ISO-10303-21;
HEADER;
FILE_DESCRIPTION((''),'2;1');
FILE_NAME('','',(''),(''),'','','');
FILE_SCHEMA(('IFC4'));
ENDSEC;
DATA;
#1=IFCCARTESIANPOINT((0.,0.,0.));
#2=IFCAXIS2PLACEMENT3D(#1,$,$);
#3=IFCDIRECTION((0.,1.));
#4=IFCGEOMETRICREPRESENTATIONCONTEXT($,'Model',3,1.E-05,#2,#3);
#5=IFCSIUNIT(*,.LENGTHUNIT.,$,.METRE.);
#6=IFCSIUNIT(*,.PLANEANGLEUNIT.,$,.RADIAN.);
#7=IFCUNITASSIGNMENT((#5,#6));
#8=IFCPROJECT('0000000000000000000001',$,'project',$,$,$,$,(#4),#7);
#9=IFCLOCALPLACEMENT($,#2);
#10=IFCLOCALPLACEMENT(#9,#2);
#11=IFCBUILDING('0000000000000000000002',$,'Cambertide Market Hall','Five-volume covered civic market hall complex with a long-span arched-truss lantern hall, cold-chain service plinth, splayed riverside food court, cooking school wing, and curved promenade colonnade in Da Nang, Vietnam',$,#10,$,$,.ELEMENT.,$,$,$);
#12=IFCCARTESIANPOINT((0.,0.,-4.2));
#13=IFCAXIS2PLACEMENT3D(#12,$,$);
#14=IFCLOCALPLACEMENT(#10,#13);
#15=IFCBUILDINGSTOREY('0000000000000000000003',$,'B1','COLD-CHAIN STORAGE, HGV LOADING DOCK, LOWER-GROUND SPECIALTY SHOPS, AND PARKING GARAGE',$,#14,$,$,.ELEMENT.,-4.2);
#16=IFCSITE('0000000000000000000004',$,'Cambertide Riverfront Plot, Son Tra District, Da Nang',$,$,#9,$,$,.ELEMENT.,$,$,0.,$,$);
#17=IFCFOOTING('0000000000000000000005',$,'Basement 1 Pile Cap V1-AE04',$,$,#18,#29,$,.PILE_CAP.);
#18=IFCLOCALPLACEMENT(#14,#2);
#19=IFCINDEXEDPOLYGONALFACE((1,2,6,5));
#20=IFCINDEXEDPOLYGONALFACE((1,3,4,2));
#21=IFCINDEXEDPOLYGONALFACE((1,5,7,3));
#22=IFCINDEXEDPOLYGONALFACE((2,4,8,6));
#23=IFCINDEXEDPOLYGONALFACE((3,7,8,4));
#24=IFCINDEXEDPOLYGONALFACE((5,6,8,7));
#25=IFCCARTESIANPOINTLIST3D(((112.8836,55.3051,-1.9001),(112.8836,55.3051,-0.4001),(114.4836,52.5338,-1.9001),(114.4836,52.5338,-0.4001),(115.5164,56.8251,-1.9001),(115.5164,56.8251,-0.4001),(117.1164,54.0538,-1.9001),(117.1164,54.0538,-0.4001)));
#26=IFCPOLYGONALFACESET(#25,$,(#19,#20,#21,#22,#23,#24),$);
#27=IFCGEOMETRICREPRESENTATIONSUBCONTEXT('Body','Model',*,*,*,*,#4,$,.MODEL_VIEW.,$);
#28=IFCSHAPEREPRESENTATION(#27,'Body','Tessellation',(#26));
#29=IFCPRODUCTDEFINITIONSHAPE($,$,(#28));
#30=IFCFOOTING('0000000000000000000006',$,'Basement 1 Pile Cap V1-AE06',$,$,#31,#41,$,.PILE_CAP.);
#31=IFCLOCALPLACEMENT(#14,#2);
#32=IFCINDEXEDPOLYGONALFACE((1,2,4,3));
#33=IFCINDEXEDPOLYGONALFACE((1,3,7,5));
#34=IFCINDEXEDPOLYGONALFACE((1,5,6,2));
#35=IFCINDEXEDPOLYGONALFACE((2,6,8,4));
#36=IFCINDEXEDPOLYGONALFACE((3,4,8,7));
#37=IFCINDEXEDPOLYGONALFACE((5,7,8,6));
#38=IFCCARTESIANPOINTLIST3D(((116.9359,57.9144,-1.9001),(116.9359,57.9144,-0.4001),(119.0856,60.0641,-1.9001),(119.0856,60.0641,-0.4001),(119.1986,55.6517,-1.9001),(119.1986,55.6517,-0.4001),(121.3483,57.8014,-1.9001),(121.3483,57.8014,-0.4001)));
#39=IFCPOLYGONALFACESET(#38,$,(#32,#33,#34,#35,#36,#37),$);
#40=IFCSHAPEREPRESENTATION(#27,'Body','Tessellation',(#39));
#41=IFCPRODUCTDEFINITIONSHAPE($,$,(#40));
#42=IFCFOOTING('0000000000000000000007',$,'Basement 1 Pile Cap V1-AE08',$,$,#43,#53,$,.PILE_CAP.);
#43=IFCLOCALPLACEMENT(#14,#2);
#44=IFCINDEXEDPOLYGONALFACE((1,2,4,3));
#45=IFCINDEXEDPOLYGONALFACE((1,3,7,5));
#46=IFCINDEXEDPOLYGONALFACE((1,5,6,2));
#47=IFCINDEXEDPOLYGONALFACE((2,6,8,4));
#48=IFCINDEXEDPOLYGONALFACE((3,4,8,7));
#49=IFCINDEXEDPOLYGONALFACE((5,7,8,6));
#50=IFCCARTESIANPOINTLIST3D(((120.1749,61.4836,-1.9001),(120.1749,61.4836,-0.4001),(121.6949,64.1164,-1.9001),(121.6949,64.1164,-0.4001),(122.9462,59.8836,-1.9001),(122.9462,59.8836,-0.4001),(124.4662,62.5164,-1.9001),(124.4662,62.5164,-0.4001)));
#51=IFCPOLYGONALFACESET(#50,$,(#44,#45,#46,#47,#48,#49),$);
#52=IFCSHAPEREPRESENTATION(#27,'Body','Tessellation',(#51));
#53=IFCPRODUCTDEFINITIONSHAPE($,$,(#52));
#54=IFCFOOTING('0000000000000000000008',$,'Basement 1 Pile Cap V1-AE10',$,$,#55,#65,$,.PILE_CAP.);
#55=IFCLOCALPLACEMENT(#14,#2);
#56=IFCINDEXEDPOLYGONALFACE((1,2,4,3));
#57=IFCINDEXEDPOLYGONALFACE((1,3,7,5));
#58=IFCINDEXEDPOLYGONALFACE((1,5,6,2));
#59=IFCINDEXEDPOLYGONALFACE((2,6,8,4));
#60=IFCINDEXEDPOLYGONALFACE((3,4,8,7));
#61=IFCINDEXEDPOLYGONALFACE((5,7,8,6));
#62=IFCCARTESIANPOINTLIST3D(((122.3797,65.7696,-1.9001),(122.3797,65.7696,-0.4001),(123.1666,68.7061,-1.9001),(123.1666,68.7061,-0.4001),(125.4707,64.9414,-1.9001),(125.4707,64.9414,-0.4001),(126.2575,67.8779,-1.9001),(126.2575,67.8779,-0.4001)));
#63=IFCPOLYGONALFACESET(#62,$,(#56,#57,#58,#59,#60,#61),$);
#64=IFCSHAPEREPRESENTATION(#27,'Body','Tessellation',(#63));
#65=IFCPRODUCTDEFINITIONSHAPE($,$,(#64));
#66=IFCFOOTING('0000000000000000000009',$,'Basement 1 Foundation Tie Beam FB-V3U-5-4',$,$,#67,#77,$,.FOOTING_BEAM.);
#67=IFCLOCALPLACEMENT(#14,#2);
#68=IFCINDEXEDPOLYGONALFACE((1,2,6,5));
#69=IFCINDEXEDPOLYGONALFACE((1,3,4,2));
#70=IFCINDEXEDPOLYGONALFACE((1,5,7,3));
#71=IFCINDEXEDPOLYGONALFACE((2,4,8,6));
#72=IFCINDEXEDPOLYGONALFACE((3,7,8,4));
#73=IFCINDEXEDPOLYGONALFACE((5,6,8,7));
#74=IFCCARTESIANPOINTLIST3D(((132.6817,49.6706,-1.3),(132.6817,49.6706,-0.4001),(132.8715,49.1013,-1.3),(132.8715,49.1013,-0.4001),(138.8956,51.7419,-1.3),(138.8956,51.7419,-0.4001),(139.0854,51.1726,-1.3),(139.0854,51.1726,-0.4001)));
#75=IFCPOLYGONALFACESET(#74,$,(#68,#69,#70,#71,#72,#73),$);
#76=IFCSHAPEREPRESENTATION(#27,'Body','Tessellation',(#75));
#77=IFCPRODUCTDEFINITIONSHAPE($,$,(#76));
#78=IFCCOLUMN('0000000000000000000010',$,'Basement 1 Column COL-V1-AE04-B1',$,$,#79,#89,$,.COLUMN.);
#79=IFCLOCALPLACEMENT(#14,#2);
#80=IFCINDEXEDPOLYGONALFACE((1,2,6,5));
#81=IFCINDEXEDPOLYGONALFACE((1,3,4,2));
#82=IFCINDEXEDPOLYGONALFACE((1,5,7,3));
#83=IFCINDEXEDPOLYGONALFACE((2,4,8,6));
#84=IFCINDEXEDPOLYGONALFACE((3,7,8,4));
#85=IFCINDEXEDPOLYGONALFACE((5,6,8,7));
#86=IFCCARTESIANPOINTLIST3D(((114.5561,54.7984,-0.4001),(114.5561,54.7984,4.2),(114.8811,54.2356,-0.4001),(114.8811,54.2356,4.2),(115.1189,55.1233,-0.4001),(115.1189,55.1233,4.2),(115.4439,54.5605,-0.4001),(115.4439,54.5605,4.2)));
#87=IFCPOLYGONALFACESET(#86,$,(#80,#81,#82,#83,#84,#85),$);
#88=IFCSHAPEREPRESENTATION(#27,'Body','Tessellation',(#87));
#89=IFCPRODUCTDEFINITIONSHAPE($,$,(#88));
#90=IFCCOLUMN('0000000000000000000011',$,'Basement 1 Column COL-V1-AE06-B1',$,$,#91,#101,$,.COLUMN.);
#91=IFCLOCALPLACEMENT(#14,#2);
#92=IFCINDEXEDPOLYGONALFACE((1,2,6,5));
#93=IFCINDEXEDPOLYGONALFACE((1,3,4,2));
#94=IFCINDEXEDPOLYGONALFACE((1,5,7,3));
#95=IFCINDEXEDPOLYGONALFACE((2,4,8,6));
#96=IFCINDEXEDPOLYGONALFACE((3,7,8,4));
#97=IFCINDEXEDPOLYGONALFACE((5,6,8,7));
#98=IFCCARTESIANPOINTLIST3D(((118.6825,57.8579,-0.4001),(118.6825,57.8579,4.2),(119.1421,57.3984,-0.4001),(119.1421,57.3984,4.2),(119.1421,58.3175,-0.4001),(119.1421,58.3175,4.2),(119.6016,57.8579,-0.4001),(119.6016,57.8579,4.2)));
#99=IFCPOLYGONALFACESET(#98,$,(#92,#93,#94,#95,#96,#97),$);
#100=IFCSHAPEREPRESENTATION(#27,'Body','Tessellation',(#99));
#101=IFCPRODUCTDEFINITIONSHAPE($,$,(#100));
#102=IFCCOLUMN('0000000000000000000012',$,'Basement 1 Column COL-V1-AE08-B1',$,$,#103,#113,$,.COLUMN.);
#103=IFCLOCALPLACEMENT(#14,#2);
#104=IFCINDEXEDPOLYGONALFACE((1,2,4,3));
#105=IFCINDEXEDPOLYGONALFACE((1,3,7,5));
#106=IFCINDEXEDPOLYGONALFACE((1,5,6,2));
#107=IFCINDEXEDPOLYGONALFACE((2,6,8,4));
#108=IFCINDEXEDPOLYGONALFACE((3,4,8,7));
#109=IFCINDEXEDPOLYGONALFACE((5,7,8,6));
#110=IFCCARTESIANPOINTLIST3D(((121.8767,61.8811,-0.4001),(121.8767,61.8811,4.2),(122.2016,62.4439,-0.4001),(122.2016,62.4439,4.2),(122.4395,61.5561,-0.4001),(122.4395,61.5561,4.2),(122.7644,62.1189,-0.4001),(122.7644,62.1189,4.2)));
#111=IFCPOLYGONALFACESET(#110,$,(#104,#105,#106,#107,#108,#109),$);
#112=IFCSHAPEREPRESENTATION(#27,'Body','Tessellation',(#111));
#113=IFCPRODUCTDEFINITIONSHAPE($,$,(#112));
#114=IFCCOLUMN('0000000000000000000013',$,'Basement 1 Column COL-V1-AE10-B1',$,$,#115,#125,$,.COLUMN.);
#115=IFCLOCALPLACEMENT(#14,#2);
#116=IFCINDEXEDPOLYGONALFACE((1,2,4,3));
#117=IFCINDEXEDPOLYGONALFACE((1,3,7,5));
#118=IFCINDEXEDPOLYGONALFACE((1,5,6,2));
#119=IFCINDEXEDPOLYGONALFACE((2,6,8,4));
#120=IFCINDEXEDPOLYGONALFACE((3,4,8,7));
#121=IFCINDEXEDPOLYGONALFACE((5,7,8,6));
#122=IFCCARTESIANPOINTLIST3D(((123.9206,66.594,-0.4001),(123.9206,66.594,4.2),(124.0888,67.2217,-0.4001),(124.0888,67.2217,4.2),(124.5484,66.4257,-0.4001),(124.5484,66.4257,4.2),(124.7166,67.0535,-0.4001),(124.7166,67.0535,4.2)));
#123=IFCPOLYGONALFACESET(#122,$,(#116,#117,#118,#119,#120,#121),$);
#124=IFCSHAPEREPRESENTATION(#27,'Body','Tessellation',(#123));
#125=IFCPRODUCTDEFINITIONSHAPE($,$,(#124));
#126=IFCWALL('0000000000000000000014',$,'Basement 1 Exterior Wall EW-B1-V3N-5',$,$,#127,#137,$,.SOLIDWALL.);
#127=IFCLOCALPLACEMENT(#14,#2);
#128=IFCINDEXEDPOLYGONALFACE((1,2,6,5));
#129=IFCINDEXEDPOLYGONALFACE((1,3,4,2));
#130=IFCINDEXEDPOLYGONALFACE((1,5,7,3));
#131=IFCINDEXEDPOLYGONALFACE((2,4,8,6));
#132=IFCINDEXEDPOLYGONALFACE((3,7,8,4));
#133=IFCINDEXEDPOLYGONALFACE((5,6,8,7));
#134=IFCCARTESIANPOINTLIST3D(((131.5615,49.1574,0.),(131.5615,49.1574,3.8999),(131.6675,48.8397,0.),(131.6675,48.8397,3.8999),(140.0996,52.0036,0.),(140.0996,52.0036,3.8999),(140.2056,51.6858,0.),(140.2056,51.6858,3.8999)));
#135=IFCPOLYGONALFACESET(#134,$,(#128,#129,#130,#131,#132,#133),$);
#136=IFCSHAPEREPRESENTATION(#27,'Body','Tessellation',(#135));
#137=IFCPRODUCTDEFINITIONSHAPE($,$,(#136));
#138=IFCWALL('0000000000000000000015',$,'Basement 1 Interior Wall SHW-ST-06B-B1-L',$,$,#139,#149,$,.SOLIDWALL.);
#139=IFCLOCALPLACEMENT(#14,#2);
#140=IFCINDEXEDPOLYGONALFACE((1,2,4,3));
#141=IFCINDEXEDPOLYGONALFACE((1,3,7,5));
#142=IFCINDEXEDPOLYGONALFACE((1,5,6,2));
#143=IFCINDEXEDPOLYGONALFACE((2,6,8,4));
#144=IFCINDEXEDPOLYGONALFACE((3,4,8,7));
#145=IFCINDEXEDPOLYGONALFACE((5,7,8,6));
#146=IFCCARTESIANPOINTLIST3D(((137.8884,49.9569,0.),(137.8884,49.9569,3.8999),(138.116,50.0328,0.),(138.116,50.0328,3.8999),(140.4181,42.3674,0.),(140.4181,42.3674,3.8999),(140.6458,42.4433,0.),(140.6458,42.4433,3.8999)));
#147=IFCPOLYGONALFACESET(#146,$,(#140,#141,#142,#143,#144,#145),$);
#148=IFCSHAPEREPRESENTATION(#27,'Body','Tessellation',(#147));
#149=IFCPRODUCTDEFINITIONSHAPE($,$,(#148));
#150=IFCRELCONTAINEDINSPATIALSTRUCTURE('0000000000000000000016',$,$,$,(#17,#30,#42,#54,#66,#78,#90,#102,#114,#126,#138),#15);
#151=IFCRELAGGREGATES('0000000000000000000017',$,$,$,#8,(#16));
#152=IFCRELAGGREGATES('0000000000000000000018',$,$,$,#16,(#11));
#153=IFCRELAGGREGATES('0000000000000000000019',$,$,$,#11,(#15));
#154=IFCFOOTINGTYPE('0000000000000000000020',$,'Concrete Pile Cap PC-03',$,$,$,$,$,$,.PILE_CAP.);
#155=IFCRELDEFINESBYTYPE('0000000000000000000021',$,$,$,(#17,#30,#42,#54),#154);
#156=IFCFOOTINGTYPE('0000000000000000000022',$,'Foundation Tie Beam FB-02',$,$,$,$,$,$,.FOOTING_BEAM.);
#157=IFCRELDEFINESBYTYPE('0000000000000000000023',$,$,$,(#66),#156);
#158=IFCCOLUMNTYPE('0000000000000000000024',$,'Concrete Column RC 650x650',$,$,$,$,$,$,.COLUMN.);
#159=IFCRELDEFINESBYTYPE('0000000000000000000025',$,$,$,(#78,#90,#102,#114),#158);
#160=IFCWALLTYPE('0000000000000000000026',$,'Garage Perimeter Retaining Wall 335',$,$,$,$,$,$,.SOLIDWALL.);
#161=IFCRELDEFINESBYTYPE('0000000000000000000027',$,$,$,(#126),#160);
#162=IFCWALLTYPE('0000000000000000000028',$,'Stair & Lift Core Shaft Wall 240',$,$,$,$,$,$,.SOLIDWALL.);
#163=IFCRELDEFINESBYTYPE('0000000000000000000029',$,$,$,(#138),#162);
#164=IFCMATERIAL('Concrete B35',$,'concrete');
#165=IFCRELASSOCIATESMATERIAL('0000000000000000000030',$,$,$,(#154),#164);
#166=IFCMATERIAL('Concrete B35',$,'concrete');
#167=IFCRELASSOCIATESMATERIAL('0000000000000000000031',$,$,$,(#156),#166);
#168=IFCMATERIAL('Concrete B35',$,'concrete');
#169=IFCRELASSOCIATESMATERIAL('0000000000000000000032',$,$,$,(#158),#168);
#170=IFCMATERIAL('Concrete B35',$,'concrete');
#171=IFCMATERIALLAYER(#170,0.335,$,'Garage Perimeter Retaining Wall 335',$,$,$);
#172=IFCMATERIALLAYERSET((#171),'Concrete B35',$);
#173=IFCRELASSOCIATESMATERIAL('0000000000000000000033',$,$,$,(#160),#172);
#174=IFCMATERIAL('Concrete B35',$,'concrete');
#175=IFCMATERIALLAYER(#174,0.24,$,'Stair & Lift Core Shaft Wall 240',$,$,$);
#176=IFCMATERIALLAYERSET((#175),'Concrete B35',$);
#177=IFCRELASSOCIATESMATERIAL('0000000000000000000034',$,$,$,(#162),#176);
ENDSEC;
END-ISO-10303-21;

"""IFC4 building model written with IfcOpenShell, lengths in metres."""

from ifc_helpers import new_model, si_unit, direction, frame, frame_2d, origin, origin_2d, place, context, subcontext, project, spatial, rectangle, extrude, material, layer, layer_set, material_profile, profile_set, type_object, element, save


model = new_model("IFC4")

# Units and contexts
model_context = context("Model", 3, precision=1e-05, world=origin(), true_north=direction((0.0, 1.0)))
body_context = subcontext(model_context, "Body", "Model", "MODEL_VIEW")
ifc_project = project(units=[si_unit("LENGTHUNIT", "METRE"), si_unit("PLANEANGLEUNIT", "RADIAN")], contexts=[model_context])

# Site, building, storey
site_placement = place(None, origin())
site = spatial("IfcSite", under=ifc_project, at=site_placement, Name="Cambertide Riverfront Plot, Son Tra District, Da Nang", CompositionType="ELEMENT", RefElevation=0.0)
building_placement = place(site_placement, origin())
building = spatial("IfcBuilding", under=site, at=building_placement, Name="Cambertide Market Hall", Description="Five-volume covered civic market hall complex with a long-span arched-truss lantern hall, cold-chain service plinth, splayed riverside food court, cooking school wing, and curved promenade colonnade in Da Nang, Vietnam", CompositionType="ELEMENT")
storey_placement = place(building_placement, frame((0.0, 0.0, -4.2)))
storey = spatial("IfcBuildingStorey", under=building, at=storey_placement, Name="B1", Description="COLD-CHAIN STORAGE, HGV LOADING DOCK, LOWER-GROUND SPECIALTY SHOPS, AND PARKING GARAGE", CompositionType="ELEMENT", Elevation=-4.2)

# Footings
ifc_material_1 = material(Name="Concrete B35", Category="concrete")
footing_type_1 = type_object("IfcFootingType", Name="Concrete Pile Cap PC-03", PredefinedType="PILE_CAP", material=ifc_material_1)
for number, where, z_axis, x_axis, name in (
    (1, (115.0, 54.6794, -1.9001), (0.0, 0.0, 1.0), (0.5, -0.866025, 0.0), "Basement 1 Pile Cap V1-AE04"),
    (2, (119.1421, 57.8579, -1.9001), (0.0, 0.0, 1.0), (0.707107, -0.707107, 0.0), "Basement 1 Pile Cap V1-AE06"),
    (3, (122.3206, 62.0, -1.9001), (0.0, 0.0, 1.0), (0.866025, -0.5, 0.0), "Basement 1 Pile Cap V1-AE08"),
    (4, (124.3186, 66.8237, -1.9001), (0.0, 0.0, 1.0), (0.965926, -0.258819, 0.0), "Basement 1 Pile Cap V1-AE10"),
):
    element("IfcFooting", number, at=place(storey_placement, frame(where, z_axis=z_axis, x_axis=x_axis)), inside=storey, type_object=footing_type_1, Name=name, PredefinedType="PILE_CAP", context=body_context, shape_type="SweptSolid", body=[
        extrude(rectangle(XDim=3.2, YDim=3.04, at=origin_2d()), origin(), (0.0, 0.0, 1.0), 1.5),
    ])
ifc_material_2 = material(Name="Concrete B35", Category="concrete")
footing_type_2 = type_object("IfcFootingType", Name="Foundation Tie Beam FB-02", PredefinedType="FOOTING_BEAM", material=ifc_material_2)
footing_placement = place(storey_placement, frame((135.8835, 50.4216, -1.3), z_axis=(0.0, 0.0, 1.0), x_axis=(0.948683, 0.316228, 0.0)))
element("IfcFooting", 5, at=footing_placement, inside=storey, type_object=footing_type_2, Name="Basement 1 Foundation Tie Beam FB-V3U-5-4", PredefinedType="FOOTING_BEAM", context=body_context, shape_type="SweptSolid", body=[
    extrude(rectangle(XDim=6.55, YDim=0.6001, at=origin_2d()), origin(), (0.0, 0.0, 1.0), 0.8999),
])

# Columns
ifc_material_3 = material(Name="Concrete B35", Category="concrete")
ifc_material_profile_1 = material_profile(ifc_material_3, rectangle(XDim=0.6499, YDim=0.6499, at=origin_2d()), Name="RC 650x650")
ifc_profile_set_1 = profile_set([ifc_material_profile_1], Name="Concrete B35")
column_type = type_object("IfcColumnType", Name="Concrete Column RC 650x650", PredefinedType="COLUMN", material=ifc_profile_set_1)
for number, where, z_axis, x_axis, name in (
    (6, (115.0, 54.6794, -0.4001), (0.0, 0.0, 1.0), (0.5, -0.866025, 0.0), "Basement 1 Column COL-V1-AE04-B1"),
    (7, (119.1421, 57.8579, -0.4001), (0.0, 0.0, 1.0), (0.707107, -0.707107, 0.0), "Basement 1 Column COL-V1-AE06-B1"),
    (8, (122.3206, 62.0, -0.4001), (0.0, 0.0, 1.0), (0.866025, -0.5, 0.0), "Basement 1 Column COL-V1-AE08-B1"),
    (9, (124.3186, 66.8237, -0.4001), (0.0, 0.0, 1.0), (0.965926, -0.258819, 0.0), "Basement 1 Column COL-V1-AE10-B1"),
):
    element("IfcColumn", number, at=place(storey_placement, frame(where, z_axis=z_axis, x_axis=x_axis)), inside=storey, type_object=column_type, Name=name, PredefinedType="COLUMN", context=body_context, shape_type="SweptSolid", body=[
        extrude(rectangle(XDim=0.6499, YDim=0.6499, at=origin_2d()), origin(), (0.0, 0.0, 1.0), 4.6001),
    ])

# Walls
ifc_material_4 = material(Name="Concrete B35", Category="concrete")
ifc_layer_1 = layer(ifc_material_4, 0.335, Name="Garage Perimeter Retaining Wall 335")
ifc_layer_set_1 = layer_set([ifc_layer_1], Name="Concrete B35")
wall_type_1 = type_object("IfcWallType", Name="Garage Perimeter Retaining Wall 335", PredefinedType="SOLIDWALL", material=ifc_layer_set_1)
wall_1_placement = place(storey_placement, frame((131.6145, 48.9985, 0.0), z_axis=(0.0, 0.0, 1.0), x_axis=(0.948678, 0.316244, 0.0)))
element("IfcWall", 10, at=wall_1_placement, inside=storey, type_object=wall_type_1, Name="Basement 1 Exterior Wall EW-B1-V3N-5", PredefinedType="SOLIDWALL", context=body_context, shape_type="SweptSolid", body=[
    extrude(rectangle(XDim=9.0, YDim=0.335, at=frame_2d((4.5, 0.0))), origin(), (0.0, 0.0, 1.0), 3.8999),
])
ifc_material_5 = material(Name="Concrete B35", Category="concrete")
ifc_layer_2 = layer(ifc_material_5, 0.24, Name="Stair & Lift Core Shaft Wall 240")
ifc_layer_set_2 = layer_set([ifc_layer_2], Name="Concrete B35")
wall_type_2 = type_object("IfcWallType", Name="Stair & Lift Core Shaft Wall 240", PredefinedType="SOLIDWALL", material=ifc_layer_set_2)
wall_2_placement = place(storey_placement, frame((138.0022, 49.9949, 0.0), z_axis=(0.0, 0.0, 1.0), x_axis=(0.316219, -0.948686, 0.0)))
element("IfcWall", 11, at=wall_2_placement, inside=storey, type_object=wall_type_2, Name="Basement 1 Interior Wall SHW-ST-06B-B1-L", PredefinedType="SOLIDWALL", context=body_context, shape_type="SweptSolid", body=[
    extrude(rectangle(XDim=8.0, YDim=0.24, at=frame_2d((4.0, 0.0))), origin(), (0.0, 0.0, 1.0), 3.8999),
])

save(model, "model.ifc")
